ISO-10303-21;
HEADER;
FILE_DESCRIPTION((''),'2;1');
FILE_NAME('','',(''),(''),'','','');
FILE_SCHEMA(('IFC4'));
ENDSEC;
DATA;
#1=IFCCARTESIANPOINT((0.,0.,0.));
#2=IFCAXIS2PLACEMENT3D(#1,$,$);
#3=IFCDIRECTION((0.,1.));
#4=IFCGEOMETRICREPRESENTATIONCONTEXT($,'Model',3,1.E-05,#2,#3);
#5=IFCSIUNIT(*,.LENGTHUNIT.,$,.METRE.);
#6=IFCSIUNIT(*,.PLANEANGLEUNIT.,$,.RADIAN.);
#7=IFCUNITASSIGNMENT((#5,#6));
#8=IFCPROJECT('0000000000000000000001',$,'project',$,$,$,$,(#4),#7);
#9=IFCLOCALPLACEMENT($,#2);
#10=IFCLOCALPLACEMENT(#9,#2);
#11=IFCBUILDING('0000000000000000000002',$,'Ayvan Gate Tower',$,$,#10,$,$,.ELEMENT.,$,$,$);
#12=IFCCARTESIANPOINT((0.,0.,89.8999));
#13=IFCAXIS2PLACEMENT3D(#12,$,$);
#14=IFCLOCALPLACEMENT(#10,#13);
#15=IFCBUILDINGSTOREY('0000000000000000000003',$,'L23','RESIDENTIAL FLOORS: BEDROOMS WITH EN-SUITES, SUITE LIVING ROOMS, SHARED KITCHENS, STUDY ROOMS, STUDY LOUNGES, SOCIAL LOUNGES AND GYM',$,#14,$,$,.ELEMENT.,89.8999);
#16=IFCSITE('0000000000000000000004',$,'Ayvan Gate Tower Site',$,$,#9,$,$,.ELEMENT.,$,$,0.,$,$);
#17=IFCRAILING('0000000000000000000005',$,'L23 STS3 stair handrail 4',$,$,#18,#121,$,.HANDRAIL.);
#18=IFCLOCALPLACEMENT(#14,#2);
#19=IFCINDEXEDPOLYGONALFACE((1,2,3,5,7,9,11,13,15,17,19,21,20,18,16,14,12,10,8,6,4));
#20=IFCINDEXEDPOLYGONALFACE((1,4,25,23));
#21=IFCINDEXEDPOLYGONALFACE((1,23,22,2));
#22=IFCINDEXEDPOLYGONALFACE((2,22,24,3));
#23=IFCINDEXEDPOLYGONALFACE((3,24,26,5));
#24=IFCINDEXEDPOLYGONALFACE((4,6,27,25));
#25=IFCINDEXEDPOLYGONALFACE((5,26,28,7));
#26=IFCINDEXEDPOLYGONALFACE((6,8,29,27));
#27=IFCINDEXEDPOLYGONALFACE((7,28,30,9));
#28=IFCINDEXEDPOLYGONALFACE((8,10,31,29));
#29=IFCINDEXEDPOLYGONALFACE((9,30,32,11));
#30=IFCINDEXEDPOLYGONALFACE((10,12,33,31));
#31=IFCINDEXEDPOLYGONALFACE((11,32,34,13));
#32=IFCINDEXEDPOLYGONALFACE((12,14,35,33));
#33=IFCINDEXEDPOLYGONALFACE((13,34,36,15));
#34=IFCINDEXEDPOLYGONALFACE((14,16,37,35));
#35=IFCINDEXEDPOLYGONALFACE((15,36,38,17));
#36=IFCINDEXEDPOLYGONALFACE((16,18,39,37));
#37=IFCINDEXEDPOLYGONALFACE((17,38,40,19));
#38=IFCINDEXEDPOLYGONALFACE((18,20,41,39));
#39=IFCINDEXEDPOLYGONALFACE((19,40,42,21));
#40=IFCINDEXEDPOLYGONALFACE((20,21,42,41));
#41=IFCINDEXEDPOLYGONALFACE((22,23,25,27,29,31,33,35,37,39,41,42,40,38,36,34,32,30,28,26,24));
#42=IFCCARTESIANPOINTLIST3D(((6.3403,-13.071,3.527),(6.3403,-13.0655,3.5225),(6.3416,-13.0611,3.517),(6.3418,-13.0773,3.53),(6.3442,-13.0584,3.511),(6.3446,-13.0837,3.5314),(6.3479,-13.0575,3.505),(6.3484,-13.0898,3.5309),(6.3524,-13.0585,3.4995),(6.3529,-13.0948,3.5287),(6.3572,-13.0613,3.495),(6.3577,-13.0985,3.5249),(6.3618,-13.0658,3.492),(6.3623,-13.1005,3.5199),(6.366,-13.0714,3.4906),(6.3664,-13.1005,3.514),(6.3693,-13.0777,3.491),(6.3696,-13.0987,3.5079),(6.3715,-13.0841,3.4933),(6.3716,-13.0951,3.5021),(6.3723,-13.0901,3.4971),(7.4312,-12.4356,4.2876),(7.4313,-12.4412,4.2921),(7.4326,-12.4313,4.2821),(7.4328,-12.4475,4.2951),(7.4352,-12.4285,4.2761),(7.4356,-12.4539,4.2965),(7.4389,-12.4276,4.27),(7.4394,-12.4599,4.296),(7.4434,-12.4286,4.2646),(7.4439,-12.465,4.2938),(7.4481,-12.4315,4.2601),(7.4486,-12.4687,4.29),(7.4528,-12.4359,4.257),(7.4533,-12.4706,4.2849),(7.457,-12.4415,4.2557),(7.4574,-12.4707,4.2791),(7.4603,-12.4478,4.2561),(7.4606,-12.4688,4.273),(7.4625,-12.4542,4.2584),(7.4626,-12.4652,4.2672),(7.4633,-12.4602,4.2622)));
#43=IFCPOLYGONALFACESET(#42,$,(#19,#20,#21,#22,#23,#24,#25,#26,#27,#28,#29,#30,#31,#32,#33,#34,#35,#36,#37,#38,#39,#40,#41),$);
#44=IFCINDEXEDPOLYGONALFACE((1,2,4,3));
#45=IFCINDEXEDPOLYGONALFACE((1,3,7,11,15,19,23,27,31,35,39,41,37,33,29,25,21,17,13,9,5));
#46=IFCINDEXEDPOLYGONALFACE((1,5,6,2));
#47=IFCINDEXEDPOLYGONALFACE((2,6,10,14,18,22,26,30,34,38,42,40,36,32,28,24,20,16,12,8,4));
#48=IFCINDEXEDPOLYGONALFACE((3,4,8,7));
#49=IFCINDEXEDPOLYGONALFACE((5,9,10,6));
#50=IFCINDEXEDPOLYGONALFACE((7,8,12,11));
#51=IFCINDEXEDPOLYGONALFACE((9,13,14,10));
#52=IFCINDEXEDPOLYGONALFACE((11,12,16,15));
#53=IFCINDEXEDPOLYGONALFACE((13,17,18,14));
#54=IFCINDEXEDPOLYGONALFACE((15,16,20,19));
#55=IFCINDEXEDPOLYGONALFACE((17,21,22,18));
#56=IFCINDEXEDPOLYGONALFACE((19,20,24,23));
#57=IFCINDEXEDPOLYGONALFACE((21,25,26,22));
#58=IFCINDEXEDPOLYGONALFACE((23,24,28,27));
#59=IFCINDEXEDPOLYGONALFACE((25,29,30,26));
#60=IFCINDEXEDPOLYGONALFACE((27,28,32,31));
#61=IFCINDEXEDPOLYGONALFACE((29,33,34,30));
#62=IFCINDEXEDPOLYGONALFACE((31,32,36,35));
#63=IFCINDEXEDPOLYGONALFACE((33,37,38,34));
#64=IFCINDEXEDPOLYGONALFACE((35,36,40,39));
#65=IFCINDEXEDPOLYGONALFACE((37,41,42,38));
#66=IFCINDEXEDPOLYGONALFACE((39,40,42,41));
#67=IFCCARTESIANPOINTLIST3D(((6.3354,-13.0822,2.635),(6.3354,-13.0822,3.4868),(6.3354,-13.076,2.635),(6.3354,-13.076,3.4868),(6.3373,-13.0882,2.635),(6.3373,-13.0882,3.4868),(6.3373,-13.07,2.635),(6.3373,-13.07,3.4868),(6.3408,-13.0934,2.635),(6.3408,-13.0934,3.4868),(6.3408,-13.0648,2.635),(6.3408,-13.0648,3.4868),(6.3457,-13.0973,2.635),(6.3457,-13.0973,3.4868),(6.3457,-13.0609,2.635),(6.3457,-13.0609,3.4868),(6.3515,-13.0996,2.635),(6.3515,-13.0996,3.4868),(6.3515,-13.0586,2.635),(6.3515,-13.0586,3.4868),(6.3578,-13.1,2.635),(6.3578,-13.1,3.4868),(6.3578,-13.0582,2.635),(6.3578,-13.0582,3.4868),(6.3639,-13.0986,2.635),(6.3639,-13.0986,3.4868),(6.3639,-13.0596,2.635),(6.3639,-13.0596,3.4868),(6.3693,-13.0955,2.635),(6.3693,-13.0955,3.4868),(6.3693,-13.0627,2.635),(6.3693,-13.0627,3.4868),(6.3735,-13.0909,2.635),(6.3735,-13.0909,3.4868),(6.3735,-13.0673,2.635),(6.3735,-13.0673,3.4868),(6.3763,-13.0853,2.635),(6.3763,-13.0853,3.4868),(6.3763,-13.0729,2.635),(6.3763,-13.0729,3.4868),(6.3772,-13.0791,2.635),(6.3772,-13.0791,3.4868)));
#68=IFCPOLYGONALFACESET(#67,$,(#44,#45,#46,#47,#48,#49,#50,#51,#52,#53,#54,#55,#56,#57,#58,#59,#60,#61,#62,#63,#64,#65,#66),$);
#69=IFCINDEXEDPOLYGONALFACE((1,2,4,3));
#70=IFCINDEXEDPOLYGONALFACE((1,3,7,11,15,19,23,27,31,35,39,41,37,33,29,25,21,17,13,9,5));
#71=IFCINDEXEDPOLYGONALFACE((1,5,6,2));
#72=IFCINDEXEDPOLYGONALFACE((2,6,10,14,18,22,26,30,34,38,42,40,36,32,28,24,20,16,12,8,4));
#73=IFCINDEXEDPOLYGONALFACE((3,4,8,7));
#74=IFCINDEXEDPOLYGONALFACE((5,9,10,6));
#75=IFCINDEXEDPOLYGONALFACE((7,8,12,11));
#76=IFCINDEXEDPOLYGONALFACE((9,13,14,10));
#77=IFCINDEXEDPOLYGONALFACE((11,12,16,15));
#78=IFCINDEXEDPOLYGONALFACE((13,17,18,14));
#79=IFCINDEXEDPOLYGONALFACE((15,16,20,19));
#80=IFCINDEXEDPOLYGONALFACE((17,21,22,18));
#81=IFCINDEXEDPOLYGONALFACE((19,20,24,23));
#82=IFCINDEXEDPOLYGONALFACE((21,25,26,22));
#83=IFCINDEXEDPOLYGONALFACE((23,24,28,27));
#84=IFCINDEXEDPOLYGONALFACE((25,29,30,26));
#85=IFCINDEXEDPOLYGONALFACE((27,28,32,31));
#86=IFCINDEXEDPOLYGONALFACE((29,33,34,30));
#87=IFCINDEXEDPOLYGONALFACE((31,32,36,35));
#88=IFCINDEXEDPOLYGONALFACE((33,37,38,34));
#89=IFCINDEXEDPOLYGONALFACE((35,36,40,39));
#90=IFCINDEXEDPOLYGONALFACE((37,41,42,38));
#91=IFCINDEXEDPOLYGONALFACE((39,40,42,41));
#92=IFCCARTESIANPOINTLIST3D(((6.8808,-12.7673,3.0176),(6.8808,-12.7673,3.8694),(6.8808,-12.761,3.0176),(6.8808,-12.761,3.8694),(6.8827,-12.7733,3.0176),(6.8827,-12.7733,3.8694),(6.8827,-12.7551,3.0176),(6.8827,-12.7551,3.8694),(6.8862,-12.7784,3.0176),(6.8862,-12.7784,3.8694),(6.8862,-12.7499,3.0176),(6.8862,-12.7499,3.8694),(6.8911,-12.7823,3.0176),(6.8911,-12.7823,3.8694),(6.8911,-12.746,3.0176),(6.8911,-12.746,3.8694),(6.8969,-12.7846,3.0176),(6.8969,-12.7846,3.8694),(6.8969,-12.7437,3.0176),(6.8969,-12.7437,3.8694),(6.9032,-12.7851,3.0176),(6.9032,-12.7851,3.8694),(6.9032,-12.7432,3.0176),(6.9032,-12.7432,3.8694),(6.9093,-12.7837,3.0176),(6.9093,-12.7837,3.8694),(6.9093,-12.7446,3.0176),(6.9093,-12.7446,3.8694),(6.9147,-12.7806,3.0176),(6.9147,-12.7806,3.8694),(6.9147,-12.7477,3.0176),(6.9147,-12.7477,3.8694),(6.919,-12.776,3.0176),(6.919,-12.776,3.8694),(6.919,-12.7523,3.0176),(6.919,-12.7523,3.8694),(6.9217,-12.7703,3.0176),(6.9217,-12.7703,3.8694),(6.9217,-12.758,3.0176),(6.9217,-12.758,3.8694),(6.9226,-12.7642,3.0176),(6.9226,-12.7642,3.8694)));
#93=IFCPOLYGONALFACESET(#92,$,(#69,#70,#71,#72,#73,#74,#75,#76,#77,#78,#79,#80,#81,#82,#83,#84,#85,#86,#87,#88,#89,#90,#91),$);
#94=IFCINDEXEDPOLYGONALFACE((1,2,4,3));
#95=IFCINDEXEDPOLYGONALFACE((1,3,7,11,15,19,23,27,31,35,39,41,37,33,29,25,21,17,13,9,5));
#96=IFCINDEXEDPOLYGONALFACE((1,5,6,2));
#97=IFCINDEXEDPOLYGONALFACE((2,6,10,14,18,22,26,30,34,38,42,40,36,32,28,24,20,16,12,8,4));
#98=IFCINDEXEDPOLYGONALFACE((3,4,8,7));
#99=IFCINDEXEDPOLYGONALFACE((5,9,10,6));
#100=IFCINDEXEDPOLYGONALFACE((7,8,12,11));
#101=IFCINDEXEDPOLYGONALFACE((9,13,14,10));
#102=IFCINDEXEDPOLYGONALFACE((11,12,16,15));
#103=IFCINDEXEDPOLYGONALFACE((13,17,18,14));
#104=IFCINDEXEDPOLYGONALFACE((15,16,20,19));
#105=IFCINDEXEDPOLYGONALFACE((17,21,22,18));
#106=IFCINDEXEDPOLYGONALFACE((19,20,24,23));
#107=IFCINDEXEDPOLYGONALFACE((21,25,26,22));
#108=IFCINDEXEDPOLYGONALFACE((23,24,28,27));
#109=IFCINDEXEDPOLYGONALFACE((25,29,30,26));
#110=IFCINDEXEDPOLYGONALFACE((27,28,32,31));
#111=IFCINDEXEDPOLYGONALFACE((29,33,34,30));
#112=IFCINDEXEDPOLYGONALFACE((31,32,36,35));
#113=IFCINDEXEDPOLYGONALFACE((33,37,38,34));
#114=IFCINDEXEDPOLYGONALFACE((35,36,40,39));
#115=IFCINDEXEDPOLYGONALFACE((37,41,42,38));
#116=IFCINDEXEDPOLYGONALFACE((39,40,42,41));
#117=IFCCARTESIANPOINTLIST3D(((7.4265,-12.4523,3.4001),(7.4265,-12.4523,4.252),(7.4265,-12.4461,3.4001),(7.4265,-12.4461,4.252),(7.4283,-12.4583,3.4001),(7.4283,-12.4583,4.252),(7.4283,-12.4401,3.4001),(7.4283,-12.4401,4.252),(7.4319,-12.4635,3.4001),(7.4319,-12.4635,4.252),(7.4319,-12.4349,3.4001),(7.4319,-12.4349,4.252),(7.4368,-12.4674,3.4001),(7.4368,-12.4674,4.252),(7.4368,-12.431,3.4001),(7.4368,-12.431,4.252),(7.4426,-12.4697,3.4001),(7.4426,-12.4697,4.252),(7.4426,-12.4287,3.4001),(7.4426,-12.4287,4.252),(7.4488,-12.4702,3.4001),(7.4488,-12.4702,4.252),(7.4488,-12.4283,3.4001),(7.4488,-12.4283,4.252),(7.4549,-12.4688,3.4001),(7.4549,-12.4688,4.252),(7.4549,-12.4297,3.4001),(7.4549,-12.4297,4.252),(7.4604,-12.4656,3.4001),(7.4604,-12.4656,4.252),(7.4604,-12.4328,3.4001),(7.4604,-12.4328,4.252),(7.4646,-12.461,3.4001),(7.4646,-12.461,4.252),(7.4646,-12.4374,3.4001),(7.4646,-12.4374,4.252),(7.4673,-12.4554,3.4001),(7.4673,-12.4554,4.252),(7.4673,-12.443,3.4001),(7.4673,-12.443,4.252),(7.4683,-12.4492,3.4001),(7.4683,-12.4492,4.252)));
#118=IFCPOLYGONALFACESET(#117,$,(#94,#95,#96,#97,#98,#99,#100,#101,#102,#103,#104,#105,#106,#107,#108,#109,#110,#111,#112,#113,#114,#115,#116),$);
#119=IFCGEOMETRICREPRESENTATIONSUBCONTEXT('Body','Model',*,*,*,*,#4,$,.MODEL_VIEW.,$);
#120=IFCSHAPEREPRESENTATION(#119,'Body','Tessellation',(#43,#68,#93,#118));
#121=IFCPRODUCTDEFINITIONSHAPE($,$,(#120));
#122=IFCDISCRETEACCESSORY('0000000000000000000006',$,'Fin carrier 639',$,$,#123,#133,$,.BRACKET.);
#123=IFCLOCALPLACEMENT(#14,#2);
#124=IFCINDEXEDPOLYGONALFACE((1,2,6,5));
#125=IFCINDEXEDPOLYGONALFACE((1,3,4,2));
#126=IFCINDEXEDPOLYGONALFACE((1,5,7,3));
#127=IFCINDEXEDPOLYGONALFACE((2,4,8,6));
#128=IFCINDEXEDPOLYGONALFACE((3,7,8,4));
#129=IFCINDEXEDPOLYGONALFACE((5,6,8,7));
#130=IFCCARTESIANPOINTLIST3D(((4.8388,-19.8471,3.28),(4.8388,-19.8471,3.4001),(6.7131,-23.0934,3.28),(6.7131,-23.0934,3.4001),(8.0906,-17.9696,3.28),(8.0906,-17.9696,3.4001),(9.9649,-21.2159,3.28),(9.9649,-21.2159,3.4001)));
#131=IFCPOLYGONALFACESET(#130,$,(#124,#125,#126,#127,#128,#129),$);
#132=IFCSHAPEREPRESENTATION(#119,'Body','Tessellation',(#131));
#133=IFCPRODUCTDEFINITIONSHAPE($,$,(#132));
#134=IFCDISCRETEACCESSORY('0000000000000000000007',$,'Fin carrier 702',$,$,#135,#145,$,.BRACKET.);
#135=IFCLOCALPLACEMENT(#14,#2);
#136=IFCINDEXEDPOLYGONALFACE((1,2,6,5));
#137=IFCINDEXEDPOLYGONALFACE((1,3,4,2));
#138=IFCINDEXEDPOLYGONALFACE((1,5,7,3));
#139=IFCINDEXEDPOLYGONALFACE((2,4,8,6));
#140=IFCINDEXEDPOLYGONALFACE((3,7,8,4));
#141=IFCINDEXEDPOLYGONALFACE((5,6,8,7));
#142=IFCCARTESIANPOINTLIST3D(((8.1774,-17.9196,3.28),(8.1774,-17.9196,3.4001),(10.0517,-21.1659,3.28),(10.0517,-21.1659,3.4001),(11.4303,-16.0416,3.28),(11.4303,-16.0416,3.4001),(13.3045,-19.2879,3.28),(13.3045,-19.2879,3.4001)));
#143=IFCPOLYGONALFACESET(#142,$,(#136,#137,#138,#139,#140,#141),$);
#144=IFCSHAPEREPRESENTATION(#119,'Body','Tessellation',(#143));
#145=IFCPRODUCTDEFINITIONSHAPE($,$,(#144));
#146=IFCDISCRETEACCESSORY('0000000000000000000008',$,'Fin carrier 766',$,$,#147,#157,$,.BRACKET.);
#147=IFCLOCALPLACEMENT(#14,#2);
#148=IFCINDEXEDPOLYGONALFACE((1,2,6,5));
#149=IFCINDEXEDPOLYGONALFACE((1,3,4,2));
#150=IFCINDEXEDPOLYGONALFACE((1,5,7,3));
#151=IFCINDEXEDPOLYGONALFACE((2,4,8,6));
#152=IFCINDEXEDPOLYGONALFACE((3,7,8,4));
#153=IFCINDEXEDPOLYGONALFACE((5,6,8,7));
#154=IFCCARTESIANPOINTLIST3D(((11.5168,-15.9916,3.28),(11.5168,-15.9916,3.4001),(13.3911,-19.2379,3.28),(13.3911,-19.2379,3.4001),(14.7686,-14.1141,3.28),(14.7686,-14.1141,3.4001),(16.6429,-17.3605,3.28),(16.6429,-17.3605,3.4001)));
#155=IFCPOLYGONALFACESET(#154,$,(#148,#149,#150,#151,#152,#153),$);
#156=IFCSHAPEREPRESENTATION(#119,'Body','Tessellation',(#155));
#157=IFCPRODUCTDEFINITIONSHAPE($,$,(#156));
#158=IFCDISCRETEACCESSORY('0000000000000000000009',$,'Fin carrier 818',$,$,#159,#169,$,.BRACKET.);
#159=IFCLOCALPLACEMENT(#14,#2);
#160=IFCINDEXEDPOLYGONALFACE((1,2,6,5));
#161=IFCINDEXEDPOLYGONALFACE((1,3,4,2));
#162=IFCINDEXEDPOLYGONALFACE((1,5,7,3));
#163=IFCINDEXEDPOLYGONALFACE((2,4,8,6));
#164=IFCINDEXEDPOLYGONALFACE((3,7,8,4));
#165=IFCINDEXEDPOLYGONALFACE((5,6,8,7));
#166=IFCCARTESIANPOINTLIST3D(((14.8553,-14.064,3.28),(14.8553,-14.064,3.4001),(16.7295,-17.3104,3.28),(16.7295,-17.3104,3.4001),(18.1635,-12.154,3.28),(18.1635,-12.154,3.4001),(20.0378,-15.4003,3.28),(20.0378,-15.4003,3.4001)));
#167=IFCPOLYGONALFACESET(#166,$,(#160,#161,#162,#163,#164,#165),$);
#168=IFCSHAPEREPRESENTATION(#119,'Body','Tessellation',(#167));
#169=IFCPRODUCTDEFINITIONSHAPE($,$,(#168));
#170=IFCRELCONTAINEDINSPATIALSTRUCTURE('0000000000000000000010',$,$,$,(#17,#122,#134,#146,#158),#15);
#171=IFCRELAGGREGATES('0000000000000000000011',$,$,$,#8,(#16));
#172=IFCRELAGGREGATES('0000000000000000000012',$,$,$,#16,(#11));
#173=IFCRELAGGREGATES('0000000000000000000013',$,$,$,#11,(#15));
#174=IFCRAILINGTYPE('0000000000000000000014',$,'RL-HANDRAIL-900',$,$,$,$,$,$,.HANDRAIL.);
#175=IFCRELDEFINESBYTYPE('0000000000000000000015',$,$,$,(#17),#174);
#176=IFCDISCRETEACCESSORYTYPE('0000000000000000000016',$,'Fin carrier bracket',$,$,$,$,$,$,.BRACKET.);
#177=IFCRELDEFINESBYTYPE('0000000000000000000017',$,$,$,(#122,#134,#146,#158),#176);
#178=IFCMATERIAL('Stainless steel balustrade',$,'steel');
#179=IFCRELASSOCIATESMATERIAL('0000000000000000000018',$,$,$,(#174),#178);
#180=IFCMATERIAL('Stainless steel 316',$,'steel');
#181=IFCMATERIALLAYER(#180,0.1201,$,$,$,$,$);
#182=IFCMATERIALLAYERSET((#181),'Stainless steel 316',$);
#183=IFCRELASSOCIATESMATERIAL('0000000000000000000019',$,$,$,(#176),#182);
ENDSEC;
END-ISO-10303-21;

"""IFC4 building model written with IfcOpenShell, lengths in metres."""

from ifc_helpers import new_model, si_unit, direction, frame, origin, origin_2d, place, context, subcontext, project, spatial, rectangle, circle, extrude, material, layer, layer_set, type_object, element, save


model = new_model("IFC4")

# Units and contexts
model_context = context("Model", 3, precision=1e-05, world=origin(), true_north=direction((0.0, 1.0)))
body_context = subcontext(model_context, "Body", "Model", "MODEL_VIEW")
ifc_project = project(units=[si_unit("LENGTHUNIT", "METRE"), si_unit("PLANEANGLEUNIT", "RADIAN")], contexts=[model_context])

# Site, building, storey
site_placement = place(None, origin())
site = spatial("IfcSite", under=ifc_project, at=site_placement, Name="Ayvan Gate Tower Site", CompositionType="ELEMENT", RefElevation=0.0)
building_placement = place(site_placement, origin())
building = spatial("IfcBuilding", under=site, at=building_placement, Name="Ayvan Gate Tower", CompositionType="ELEMENT")
storey_placement = place(building_placement, frame((0.0, 0.0, 89.8999)))
storey = spatial("IfcBuildingStorey", under=building, at=storey_placement, Name="L23", Description="RESIDENTIAL FLOORS: BEDROOMS WITH EN-SUITES, SUITE LIVING ROOMS, SHARED KITCHENS, STUDY ROOMS, STUDY LOUNGES, SOCIAL LOUNGES AND GYM", CompositionType="ELEMENT", Elevation=89.8999)

# Railing
ifc_material_1 = material(Name="Stainless steel balustrade", Category="steel")
railing_type = type_object("IfcRailingType", Name="RL-HANDRAIL-900", PredefinedType="HANDRAIL", material=ifc_material_1)
railing_1_placement = place(storey_placement, frame((6.3562, -13.0791, 2.635)))
element("IfcRailing", 1, at=railing_1_placement, inside=storey, type_object=railing_type, Name="L23 STS3 stair handrail 4", PredefinedType="HANDRAIL", context=body_context, shape_type="SweptSolid", body=[
    extrude(circle(Radius=0.0239, at=origin_2d()), frame((0.0, 0.0, 0.876), z_axis=(0.740218, 0.427336, 0.519097), x_axis=(-0.499974, 0.86604, 0.0)), (0.0, 0.0, 1.0), 1.4739),
    extrude(circle(Radius=0.021, at=origin_2d()), origin(), (0.0, 0.0, 1.0), 0.8518),
    extrude(circle(Radius=0.021, at=origin_2d()), frame((0.5454, 0.3149, 0.3826)), (0.0, 0.0, 1.0), 0.8518),
    extrude(circle(Radius=0.021, at=origin_2d()), frame((1.0911, 0.6299, 0.7651)), (0.0, 0.0, 1.0), 0.8518),
])

# Discrete accessories
ifc_material_2 = material(Name="Stainless steel 316", Category="steel")
ifc_layer_1 = layer(ifc_material_2, 0.1201)
ifc_layer_set_1 = layer_set([ifc_layer_1], Name="Stainless steel 316")
discrete_accessory_type = type_object("IfcDiscreteAccessoryType", Name="Fin carrier bracket", PredefinedType="BRACKET", material=ifc_layer_set_1)
discrete_accessory_1_placement = place(storey_placement, frame((7.4019, -20.5315, 3.28), z_axis=(0.0, 0.0, 1.0), x_axis=(0.866025, 0.5, 0.0)))
element("IfcDiscreteAccessory", 2, at=discrete_accessory_1_placement, inside=storey, type_object=discrete_accessory_type, Name="Fin carrier 639", PredefinedType="BRACKET", context=body_context, shape_type="SweptSolid", body=[
    extrude(rectangle(XDim=3.7549, YDim=3.7485, at=origin_2d()), origin(), (0.0, 0.0, 1.0), 0.1201),
])
discrete_accessory_2_placement = place(storey_placement, frame((10.741, -18.6038, 3.28), z_axis=(0.0, 0.0, 1.0), x_axis=(0.866025, 0.5, 0.0)))
element("IfcDiscreteAccessory", 3, at=discrete_accessory_2_placement, inside=storey, type_object=discrete_accessory_type, Name="Fin carrier 702", PredefinedType="BRACKET", context=body_context, shape_type="SweptSolid", body=[
    extrude(rectangle(XDim=3.7561, YDim=3.7485, at=origin_2d()), origin(), (0.0, 0.0, 1.0), 0.1201),
])
discrete_accessory_3_placement = place(storey_placement, frame((14.0798, -16.676, 3.28), z_axis=(0.0, 0.0, 1.0), x_axis=(0.866025, 0.5, 0.0)))
element("IfcDiscreteAccessory", 4, at=discrete_accessory_3_placement, inside=storey, type_object=discrete_accessory_type, Name="Fin carrier 766", PredefinedType="BRACKET", context=body_context, shape_type="SweptSolid", body=[
    extrude(rectangle(XDim=3.7549, YDim=3.7485, at=origin_2d()), origin(), (0.0, 0.0, 1.0), 0.1201),
])
discrete_accessory_4_placement = place(storey_placement, frame((17.4465, -14.7322, 3.28), z_axis=(0.0, 0.0, 1.0), x_axis=(0.866025, 0.5, 0.0)))
element("IfcDiscreteAccessory", 5, at=discrete_accessory_4_placement, inside=storey, type_object=discrete_accessory_type, Name="Fin carrier 818", PredefinedType="BRACKET", context=body_context, shape_type="SweptSolid", body=[
    extrude(rectangle(XDim=3.8201, YDim=3.7485, at=origin_2d()), origin(), (0.0, 0.0, 1.0), 0.1201),
])

save(model, "model.ifc")
